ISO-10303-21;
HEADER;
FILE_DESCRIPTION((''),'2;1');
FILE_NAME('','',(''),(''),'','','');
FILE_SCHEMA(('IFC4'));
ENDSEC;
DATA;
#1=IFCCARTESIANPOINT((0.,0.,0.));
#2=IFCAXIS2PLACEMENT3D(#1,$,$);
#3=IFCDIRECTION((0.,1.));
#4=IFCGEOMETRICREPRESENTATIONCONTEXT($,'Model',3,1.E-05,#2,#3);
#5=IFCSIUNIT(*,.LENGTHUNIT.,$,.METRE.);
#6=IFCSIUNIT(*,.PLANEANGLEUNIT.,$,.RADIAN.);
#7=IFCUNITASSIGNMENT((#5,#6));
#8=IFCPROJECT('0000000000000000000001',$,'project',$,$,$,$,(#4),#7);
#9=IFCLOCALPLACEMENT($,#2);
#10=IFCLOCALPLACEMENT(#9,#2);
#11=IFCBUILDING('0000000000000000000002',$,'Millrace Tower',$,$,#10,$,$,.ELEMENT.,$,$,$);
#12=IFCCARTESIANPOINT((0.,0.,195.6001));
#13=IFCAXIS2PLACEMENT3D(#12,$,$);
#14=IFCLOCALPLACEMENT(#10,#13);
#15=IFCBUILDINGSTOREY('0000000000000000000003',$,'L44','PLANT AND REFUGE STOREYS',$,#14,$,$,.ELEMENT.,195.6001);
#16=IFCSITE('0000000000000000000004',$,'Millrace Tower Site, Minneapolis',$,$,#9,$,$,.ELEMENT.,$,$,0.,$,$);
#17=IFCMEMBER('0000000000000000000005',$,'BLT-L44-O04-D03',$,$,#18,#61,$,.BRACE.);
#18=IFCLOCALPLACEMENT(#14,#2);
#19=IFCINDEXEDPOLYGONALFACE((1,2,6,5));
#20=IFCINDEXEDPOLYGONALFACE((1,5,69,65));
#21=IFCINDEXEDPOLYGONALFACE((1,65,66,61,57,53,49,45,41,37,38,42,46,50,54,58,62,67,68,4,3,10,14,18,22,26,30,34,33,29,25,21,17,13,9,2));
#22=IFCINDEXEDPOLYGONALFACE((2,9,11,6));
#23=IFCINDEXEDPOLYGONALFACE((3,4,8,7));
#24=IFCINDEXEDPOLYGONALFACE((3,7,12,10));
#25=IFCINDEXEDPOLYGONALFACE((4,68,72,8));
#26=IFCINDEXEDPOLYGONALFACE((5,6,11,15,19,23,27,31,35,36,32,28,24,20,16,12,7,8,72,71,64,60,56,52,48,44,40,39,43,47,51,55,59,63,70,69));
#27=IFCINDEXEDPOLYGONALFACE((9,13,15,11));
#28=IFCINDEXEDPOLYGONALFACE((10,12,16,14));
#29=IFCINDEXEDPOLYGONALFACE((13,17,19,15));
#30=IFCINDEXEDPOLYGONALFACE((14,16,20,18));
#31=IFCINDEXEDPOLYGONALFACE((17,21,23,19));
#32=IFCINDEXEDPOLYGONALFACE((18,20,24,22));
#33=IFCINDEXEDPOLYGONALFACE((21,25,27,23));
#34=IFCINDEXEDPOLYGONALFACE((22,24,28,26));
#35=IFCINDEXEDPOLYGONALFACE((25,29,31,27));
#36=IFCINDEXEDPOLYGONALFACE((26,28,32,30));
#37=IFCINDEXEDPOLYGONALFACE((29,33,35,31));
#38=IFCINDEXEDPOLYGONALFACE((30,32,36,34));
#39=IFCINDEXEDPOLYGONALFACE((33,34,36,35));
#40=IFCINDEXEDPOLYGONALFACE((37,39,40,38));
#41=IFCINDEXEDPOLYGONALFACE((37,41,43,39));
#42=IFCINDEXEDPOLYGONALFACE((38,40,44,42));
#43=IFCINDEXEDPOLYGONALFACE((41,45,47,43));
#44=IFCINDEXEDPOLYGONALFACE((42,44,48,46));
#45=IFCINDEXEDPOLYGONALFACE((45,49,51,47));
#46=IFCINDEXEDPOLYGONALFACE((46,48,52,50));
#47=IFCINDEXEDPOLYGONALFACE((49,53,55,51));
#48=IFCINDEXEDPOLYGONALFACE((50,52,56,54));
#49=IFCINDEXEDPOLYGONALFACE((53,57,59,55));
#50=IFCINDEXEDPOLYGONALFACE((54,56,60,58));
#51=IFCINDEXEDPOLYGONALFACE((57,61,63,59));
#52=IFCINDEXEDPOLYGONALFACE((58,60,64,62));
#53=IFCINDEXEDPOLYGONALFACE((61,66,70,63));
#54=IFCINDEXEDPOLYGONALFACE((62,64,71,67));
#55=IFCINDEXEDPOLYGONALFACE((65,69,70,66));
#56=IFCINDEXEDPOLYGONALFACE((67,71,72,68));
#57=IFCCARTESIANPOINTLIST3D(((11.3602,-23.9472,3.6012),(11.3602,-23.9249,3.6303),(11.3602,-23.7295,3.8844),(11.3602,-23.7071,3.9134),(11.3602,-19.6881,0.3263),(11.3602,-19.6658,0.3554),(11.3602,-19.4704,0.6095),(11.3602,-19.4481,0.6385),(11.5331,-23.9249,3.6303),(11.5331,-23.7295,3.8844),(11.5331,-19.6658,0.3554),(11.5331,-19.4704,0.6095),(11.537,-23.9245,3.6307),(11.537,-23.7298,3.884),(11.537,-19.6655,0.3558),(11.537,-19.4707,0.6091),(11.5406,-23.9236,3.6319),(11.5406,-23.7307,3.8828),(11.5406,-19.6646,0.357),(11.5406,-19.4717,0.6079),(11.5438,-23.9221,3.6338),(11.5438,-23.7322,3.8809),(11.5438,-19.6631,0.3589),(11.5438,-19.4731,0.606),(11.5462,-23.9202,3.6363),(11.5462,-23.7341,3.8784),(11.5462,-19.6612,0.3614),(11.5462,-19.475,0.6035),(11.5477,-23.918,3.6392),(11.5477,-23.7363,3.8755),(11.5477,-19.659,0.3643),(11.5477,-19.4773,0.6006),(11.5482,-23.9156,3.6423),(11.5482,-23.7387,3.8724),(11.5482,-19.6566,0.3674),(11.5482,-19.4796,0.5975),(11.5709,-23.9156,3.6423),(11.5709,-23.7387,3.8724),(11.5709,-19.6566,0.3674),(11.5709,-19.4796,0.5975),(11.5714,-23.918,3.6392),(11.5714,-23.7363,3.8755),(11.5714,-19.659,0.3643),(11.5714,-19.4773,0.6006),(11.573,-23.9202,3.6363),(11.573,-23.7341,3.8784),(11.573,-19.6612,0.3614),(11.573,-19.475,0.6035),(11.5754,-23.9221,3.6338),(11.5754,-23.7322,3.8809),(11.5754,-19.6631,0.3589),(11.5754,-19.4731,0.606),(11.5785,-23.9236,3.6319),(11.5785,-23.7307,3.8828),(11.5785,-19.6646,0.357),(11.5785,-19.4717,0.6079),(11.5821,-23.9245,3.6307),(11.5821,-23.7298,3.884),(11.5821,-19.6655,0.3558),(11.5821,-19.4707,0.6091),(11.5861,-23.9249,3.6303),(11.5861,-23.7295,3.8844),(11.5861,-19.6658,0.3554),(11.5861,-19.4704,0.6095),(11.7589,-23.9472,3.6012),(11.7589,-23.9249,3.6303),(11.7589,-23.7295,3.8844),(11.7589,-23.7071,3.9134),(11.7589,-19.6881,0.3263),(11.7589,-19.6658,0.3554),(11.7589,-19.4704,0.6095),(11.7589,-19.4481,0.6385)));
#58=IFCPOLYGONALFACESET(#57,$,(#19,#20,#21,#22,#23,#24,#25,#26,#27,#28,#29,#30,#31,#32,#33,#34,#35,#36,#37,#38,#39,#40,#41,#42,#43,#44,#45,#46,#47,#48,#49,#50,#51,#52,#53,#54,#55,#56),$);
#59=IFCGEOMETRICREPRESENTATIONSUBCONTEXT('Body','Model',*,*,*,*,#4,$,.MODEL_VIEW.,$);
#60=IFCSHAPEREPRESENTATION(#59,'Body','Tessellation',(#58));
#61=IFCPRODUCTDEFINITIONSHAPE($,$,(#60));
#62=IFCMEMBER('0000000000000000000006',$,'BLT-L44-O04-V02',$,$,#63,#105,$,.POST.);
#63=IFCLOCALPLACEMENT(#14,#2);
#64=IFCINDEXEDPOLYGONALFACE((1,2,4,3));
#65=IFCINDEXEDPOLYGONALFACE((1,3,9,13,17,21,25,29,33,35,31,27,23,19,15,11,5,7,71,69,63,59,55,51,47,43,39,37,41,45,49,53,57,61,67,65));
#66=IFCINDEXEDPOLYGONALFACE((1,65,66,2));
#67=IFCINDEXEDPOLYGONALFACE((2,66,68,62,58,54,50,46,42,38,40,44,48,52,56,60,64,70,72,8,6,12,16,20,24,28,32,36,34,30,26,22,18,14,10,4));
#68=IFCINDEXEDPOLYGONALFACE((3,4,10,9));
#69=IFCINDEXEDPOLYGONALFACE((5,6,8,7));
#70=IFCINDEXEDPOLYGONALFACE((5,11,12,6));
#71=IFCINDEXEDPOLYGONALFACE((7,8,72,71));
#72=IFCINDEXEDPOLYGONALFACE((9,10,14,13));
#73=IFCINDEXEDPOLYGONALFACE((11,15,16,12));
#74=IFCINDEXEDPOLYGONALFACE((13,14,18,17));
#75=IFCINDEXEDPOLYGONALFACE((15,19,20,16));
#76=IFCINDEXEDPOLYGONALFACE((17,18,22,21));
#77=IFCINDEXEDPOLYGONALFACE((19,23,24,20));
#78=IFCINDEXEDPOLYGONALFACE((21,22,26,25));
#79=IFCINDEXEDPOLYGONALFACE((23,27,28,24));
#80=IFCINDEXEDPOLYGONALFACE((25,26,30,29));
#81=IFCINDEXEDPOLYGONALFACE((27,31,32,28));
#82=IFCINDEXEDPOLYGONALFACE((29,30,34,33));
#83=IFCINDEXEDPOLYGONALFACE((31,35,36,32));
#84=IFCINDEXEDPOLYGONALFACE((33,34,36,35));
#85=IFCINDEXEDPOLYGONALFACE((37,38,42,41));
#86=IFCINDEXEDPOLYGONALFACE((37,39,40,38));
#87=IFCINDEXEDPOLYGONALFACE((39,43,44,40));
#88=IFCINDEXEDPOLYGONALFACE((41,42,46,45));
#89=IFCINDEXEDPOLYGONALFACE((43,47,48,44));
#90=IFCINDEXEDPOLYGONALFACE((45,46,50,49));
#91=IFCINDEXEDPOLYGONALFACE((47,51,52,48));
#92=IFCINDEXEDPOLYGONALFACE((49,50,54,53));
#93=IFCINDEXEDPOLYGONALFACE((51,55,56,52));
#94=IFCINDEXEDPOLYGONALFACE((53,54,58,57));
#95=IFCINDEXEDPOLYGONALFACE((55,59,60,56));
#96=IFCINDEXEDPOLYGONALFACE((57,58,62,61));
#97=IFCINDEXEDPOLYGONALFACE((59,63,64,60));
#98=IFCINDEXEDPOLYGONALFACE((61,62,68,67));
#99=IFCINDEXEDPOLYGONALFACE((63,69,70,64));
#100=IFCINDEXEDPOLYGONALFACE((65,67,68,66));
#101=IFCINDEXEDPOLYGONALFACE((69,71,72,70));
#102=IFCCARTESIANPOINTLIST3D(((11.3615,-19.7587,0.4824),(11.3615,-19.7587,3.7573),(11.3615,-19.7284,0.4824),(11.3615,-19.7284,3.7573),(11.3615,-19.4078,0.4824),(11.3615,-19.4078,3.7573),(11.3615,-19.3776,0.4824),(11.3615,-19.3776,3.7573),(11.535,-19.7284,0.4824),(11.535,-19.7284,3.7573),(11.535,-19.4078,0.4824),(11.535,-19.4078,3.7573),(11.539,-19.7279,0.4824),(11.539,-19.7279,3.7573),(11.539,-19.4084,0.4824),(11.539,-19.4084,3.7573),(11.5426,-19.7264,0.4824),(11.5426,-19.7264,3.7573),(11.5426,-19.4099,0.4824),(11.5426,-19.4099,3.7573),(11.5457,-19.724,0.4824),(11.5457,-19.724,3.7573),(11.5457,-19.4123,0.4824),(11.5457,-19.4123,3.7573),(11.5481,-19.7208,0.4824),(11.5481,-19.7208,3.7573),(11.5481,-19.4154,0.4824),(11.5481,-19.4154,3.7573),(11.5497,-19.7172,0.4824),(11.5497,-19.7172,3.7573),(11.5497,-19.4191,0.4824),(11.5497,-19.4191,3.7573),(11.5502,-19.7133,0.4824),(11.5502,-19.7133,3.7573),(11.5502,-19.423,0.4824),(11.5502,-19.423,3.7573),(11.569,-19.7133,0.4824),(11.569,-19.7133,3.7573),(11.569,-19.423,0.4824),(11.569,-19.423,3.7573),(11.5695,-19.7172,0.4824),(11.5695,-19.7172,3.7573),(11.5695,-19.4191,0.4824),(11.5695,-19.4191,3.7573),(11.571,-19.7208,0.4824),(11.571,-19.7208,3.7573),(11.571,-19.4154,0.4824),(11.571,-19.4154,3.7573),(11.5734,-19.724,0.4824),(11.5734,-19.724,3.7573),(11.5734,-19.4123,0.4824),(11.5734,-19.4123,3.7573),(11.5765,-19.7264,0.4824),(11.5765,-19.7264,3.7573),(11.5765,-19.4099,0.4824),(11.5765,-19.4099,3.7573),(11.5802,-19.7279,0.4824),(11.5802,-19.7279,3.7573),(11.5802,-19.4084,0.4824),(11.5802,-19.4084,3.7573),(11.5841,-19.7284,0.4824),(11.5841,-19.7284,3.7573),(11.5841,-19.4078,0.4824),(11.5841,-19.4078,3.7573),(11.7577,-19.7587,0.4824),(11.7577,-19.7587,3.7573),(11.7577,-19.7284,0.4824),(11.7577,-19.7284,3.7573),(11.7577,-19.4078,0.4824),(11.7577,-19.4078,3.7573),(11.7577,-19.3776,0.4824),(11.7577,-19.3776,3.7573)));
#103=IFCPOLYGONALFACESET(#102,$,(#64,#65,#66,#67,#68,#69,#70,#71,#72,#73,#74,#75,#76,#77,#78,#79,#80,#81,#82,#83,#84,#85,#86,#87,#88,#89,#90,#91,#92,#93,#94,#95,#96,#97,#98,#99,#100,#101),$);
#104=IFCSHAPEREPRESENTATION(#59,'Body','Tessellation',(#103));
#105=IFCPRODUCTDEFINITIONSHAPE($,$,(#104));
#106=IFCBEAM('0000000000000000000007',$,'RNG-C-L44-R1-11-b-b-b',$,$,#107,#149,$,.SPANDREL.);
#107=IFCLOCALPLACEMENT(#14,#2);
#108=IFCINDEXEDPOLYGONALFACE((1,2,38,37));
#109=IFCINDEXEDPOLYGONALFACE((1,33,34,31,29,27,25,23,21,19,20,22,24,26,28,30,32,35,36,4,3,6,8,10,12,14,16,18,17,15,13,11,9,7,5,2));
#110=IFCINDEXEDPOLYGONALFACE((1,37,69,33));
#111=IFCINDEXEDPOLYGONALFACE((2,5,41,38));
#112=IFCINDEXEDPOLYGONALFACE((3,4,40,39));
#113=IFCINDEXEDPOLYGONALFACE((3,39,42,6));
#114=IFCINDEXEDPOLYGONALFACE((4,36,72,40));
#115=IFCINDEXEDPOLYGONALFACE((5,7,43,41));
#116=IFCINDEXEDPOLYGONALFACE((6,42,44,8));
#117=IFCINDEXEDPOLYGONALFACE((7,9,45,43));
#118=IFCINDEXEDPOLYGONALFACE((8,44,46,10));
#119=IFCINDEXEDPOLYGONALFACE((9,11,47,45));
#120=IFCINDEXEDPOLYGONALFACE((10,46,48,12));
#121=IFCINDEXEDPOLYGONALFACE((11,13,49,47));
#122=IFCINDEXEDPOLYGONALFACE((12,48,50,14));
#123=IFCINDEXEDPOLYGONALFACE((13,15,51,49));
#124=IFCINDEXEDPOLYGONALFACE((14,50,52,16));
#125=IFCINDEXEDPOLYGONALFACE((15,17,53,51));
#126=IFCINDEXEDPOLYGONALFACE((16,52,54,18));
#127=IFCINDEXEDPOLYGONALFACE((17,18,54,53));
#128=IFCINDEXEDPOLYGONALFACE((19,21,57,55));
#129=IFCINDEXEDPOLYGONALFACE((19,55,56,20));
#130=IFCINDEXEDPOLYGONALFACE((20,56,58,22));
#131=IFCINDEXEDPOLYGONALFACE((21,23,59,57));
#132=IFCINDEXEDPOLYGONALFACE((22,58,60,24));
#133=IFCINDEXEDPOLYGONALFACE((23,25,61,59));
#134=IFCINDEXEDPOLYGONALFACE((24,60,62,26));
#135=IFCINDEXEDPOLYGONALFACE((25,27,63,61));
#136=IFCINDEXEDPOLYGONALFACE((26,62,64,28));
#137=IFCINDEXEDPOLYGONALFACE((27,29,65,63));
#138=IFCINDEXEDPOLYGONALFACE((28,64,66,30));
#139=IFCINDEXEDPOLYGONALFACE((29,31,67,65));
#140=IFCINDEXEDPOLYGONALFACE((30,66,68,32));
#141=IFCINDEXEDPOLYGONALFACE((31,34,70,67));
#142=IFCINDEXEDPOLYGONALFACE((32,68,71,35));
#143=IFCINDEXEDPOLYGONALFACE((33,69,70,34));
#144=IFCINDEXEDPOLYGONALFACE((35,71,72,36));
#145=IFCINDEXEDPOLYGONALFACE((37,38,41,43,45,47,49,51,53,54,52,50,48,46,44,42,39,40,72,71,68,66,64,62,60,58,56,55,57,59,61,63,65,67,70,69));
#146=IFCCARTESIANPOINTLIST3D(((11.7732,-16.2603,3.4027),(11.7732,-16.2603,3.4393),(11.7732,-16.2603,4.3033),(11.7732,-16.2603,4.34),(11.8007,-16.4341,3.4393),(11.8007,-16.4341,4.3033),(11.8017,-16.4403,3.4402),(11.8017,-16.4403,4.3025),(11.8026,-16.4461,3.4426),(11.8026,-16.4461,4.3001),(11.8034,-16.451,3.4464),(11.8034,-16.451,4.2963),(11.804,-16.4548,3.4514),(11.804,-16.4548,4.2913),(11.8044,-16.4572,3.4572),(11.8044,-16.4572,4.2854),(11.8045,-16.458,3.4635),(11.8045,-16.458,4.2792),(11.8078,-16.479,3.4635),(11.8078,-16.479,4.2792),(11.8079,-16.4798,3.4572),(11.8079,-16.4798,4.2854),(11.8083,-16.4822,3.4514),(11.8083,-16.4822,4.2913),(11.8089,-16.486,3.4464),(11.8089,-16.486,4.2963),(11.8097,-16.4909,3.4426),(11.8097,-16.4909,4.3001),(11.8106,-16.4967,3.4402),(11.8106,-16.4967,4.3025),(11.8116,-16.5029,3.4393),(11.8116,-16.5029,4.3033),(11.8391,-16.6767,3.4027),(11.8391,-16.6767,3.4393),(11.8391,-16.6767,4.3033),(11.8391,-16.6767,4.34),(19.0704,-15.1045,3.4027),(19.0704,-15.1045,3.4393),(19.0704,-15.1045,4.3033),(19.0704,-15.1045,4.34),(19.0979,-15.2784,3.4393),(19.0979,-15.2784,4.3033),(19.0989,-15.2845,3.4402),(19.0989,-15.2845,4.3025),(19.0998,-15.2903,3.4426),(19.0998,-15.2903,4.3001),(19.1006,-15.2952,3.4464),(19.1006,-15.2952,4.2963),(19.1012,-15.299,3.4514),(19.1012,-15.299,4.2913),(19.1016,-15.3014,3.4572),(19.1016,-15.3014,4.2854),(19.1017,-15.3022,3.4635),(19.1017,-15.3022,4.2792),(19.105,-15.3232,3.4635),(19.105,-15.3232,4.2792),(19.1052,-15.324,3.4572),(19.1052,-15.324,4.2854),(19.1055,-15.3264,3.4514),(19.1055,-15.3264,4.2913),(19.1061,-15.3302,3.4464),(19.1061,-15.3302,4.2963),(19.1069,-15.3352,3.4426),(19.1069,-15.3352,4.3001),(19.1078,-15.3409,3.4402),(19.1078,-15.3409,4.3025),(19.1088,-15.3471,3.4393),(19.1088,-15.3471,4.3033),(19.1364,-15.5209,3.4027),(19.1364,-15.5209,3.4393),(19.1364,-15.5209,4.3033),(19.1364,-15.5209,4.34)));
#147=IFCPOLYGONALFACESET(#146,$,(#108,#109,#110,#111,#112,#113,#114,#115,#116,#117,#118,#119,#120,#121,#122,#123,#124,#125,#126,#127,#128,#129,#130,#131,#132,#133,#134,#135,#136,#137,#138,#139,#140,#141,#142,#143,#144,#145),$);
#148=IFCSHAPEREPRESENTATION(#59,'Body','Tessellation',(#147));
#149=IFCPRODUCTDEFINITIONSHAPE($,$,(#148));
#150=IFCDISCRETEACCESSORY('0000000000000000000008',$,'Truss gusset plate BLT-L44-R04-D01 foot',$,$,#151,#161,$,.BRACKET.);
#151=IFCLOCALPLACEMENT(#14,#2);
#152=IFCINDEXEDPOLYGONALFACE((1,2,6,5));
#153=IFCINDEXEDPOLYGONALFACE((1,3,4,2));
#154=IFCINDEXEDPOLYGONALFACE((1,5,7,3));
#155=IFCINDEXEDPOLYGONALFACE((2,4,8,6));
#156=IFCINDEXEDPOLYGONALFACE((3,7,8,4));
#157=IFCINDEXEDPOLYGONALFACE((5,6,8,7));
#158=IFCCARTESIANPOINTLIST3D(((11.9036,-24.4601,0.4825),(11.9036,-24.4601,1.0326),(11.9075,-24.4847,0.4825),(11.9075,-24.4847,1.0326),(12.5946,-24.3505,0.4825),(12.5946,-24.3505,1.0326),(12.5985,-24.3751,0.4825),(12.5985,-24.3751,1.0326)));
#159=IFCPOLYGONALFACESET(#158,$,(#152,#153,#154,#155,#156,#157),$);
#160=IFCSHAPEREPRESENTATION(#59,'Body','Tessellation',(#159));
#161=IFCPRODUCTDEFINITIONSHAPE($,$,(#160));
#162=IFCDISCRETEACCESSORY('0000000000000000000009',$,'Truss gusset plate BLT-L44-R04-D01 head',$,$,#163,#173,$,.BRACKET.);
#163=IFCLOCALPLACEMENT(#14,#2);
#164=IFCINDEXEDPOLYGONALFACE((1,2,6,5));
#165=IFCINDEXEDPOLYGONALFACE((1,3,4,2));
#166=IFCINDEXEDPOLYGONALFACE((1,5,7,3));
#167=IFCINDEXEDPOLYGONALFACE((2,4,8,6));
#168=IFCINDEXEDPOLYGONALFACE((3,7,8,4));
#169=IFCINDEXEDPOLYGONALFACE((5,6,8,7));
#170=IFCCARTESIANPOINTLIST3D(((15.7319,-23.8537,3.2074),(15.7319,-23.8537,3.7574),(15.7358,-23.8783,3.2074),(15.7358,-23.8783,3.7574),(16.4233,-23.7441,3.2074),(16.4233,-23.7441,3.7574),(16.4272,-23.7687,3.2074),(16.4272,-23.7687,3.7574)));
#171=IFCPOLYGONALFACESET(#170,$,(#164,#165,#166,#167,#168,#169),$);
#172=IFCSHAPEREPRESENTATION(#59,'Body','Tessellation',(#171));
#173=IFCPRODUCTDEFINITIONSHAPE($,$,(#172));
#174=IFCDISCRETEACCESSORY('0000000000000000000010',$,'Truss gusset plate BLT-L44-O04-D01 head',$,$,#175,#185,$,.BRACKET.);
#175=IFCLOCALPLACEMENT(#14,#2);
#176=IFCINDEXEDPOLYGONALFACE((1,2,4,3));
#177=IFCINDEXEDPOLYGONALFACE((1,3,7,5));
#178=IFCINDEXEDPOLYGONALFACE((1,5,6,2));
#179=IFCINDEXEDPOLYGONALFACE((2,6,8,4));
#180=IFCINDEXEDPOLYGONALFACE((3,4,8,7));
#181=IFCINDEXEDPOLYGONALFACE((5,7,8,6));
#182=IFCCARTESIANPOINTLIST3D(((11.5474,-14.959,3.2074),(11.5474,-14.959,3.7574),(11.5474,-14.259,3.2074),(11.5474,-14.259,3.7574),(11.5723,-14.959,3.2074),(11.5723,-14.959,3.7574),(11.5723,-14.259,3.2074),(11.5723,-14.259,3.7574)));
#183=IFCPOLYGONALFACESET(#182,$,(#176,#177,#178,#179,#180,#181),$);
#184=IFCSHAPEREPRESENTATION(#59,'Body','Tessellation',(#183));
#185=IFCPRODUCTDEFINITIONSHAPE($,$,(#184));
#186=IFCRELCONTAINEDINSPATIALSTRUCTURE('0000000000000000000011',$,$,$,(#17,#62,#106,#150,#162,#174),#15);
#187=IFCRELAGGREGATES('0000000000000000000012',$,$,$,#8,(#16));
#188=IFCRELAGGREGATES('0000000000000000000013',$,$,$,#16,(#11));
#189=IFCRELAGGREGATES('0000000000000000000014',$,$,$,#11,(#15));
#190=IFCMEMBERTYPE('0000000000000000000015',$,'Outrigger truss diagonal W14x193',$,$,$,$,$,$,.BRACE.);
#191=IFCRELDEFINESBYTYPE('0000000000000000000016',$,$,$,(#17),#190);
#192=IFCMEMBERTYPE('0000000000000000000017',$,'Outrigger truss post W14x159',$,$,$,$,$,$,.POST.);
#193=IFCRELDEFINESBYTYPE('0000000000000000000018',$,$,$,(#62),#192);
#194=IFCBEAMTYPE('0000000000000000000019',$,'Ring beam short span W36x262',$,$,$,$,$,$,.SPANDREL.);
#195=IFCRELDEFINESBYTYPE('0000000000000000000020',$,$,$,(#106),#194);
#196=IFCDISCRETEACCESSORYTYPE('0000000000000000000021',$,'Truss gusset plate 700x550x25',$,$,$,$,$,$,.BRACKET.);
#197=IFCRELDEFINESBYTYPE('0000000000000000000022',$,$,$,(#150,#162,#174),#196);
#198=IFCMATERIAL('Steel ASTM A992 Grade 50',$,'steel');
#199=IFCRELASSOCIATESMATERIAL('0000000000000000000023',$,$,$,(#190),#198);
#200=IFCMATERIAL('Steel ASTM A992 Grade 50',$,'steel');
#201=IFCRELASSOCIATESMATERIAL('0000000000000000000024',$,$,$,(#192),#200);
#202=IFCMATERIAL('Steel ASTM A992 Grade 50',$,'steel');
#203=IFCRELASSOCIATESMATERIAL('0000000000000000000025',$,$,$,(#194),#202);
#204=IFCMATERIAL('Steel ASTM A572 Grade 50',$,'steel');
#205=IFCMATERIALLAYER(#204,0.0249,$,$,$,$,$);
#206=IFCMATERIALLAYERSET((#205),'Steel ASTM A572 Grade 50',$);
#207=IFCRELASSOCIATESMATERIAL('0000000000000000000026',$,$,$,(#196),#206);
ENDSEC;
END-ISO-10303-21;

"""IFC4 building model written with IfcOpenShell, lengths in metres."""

from ifc_helpers import new_model, si_unit, direction, frame, origin, origin_2d, place, context, subcontext, project, spatial, rectangle, i_section, extrude, material, layer, layer_set, material_profile, profile_set, type_object, element, save


model = new_model("IFC4")

# Units and contexts
model_context = context("Model", 3, precision=1e-05, world=origin(), true_north=direction((0.0, 1.0)))
body_context = subcontext(model_context, "Body", "Model", "MODEL_VIEW")
ifc_project = project(units=[si_unit("LENGTHUNIT", "METRE"), si_unit("PLANEANGLEUNIT", "RADIAN")], contexts=[model_context])

# Site, building, storey
site_placement = place(None, origin())
site = spatial("IfcSite", under=ifc_project, at=site_placement, Name="Millrace Tower Site, Minneapolis", CompositionType="ELEMENT", RefElevation=0.0)
building_placement = place(site_placement, origin())
building = spatial("IfcBuilding", under=site, at=building_placement, Name="Millrace Tower", CompositionType="ELEMENT")
storey_placement = place(building_placement, frame((0.0, 0.0, 195.6001)))
storey = spatial("IfcBuildingStorey", under=building, at=storey_placement, Name="L44", Description="PLANT AND REFUGE STOREYS", CompositionType="ELEMENT", Elevation=195.6001)

# Members
ifc_material_1 = material(Name="Steel ASTM A992 Grade 50", Category="steel")
ifc_material_profile_1 = material_profile(ifc_material_1, i_section(OverallWidth=0.3987, OverallDepth=0.3938, WebThickness=0.0227, FlangeThickness=0.0366, FilletRadius=0.0151, at=origin_2d()))
ifc_profile_set_1 = profile_set([ifc_material_profile_1], Name="Steel ASTM A992 Grade 50")
member_type_1 = type_object("IfcMemberType", Name="Outrigger truss diagonal W14x193", PredefinedType="BRACE", material=ifc_profile_set_1)
member_1_placement = place(storey_placement, frame((11.5596, -19.5681, 0.4824), z_axis=(0.0, -0.792739, 0.609561), x_axis=(1.0, 0.0, 0.0)))
element("IfcMember", 1, at=member_1_placement, inside=storey, type_object=member_type_1, Name="BLT-L44-O04-D03", PredefinedType="BRACE", context=body_context, shape_type="SweptSolid", body=[
    extrude(i_section(OverallWidth=0.3987, OverallDepth=0.3938, WebThickness=0.0227, FlangeThickness=0.0366, FilletRadius=0.0151, at=origin_2d()), origin(), (0.0, 0.0, 1.0), 5.3726),
])
ifc_material_2 = material(Name="Steel ASTM A992 Grade 50", Category="steel")
ifc_material_profile_2 = material_profile(ifc_material_2, i_section(OverallWidth=0.3962, OverallDepth=0.3811, WebThickness=0.0188, FlangeThickness=0.0303, FilletRadius=0.0151, at=origin_2d()))
ifc_profile_set_2 = profile_set([ifc_material_profile_2], Name="Steel ASTM A992 Grade 50")
member_type_2 = type_object("IfcMemberType", Name="Outrigger truss post W14x159", PredefinedType="POST", material=ifc_profile_set_2)
member_2_placement = place(storey_placement, frame((11.5596, -19.5681, 0.4824), z_axis=(0.0, 0.0, 1.0), x_axis=(1.0, 0.0, 0.0)))
element("IfcMember", 2, at=member_2_placement, inside=storey, type_object=member_type_2, Name="BLT-L44-O04-V02", PredefinedType="POST", context=body_context, shape_type="SweptSolid", body=[
    extrude(i_section(OverallWidth=0.3962, OverallDepth=0.3811, WebThickness=0.0188, FlangeThickness=0.0303, FilletRadius=0.0151, at=origin_2d()), origin(), (0.0, 0.0, 1.0), 3.2749),
])

# Beam
ifc_material_3 = material(Name="Steel ASTM A992 Grade 50", Category="steel")
ifc_material_profile_3 = material_profile(ifc_material_3, i_section(OverallWidth=0.4216, OverallDepth=0.9373, WebThickness=0.0212, FlangeThickness=0.0366, FilletRadius=0.0242, at=origin_2d()))
ifc_profile_set_3 = profile_set([ifc_material_profile_3], Name="Steel ASTM A992 Grade 50")
beam_type_1 = type_object("IfcBeamType", Name="Ring beam short span W36x262", PredefinedType="SPANDREL", material=ifc_profile_set_3)
beam_1_placement = place(storey_placement, frame((11.8062, -16.4685, 3.8713), z_axis=(0.987688, 0.156436, 0.0), x_axis=(-0.156436, 0.987688, 0.0)))
element("IfcBeam", 3, at=beam_1_placement, inside=storey, type_object=beam_type_1, Name="RNG-C-L44-R1-11-b-b-b", PredefinedType="SPANDREL", context=body_context, shape_type="SweptSolid", body=[
    extrude(i_section(OverallWidth=0.4216, OverallDepth=0.9373, WebThickness=0.0212, FlangeThickness=0.0366, FilletRadius=0.0242, at=origin_2d()), origin(), (0.0, 0.0, 1.0), 7.3882),
])

# Discrete accessories
ifc_material_4 = material(Name="Steel ASTM A572 Grade 50", Category="steel")
ifc_layer_1 = layer(ifc_material_4, 0.0249)
ifc_layer_set_1 = layer_set([ifc_layer_1], Name="Steel ASTM A572 Grade 50")
discrete_accessory_type = type_object("IfcDiscreteAccessoryType", Name="Truss gusset plate 700x550x25", PredefinedType="BRACKET", material=ifc_layer_set_1)
discrete_accessory_placement = place(storey_placement, frame((11.9055, -24.4724, 0.7576), z_axis=(0.987655, 0.156643, 0.0), x_axis=(-0.156643, 0.987655, 0.0)))
element("IfcDiscreteAccessory", 4, at=discrete_accessory_placement, inside=storey, type_object=discrete_accessory_type, Name="Truss gusset plate BLT-L44-R04-D01 foot", PredefinedType="BRACKET", context=body_context, shape_type="SweptSolid", body=[
    extrude(rectangle(XDim=0.0249, YDim=0.55, at=origin_2d()), origin(), (0.0, 0.0, 1.0), 0.6997),
])
for number, where, z_axis, x_axis, name in (
    (5, (15.7339, -23.866, 3.4824), (0.987664, 0.156589, 0.0), (-0.156589, 0.987664, 0.0), "Truss gusset plate BLT-L44-R04-D01 head"),
    (6, (11.5598, -14.959, 3.4824), (0.0, 1.0, 0.0), (-1.0, 0.0, 0.0), "Truss gusset plate BLT-L44-O04-D01 head"),
):
    element("IfcDiscreteAccessory", number, at=place(storey_placement, frame(where, z_axis=z_axis, x_axis=x_axis)), inside=storey, type_object=discrete_accessory_type, Name=name, PredefinedType="BRACKET", context=body_context, shape_type="SweptSolid", body=[
        extrude(rectangle(XDim=0.0249, YDim=0.55, at=origin_2d()), origin(), (0.0, 0.0, 1.0), 0.7),
    ])

save(model, "model.ifc")
